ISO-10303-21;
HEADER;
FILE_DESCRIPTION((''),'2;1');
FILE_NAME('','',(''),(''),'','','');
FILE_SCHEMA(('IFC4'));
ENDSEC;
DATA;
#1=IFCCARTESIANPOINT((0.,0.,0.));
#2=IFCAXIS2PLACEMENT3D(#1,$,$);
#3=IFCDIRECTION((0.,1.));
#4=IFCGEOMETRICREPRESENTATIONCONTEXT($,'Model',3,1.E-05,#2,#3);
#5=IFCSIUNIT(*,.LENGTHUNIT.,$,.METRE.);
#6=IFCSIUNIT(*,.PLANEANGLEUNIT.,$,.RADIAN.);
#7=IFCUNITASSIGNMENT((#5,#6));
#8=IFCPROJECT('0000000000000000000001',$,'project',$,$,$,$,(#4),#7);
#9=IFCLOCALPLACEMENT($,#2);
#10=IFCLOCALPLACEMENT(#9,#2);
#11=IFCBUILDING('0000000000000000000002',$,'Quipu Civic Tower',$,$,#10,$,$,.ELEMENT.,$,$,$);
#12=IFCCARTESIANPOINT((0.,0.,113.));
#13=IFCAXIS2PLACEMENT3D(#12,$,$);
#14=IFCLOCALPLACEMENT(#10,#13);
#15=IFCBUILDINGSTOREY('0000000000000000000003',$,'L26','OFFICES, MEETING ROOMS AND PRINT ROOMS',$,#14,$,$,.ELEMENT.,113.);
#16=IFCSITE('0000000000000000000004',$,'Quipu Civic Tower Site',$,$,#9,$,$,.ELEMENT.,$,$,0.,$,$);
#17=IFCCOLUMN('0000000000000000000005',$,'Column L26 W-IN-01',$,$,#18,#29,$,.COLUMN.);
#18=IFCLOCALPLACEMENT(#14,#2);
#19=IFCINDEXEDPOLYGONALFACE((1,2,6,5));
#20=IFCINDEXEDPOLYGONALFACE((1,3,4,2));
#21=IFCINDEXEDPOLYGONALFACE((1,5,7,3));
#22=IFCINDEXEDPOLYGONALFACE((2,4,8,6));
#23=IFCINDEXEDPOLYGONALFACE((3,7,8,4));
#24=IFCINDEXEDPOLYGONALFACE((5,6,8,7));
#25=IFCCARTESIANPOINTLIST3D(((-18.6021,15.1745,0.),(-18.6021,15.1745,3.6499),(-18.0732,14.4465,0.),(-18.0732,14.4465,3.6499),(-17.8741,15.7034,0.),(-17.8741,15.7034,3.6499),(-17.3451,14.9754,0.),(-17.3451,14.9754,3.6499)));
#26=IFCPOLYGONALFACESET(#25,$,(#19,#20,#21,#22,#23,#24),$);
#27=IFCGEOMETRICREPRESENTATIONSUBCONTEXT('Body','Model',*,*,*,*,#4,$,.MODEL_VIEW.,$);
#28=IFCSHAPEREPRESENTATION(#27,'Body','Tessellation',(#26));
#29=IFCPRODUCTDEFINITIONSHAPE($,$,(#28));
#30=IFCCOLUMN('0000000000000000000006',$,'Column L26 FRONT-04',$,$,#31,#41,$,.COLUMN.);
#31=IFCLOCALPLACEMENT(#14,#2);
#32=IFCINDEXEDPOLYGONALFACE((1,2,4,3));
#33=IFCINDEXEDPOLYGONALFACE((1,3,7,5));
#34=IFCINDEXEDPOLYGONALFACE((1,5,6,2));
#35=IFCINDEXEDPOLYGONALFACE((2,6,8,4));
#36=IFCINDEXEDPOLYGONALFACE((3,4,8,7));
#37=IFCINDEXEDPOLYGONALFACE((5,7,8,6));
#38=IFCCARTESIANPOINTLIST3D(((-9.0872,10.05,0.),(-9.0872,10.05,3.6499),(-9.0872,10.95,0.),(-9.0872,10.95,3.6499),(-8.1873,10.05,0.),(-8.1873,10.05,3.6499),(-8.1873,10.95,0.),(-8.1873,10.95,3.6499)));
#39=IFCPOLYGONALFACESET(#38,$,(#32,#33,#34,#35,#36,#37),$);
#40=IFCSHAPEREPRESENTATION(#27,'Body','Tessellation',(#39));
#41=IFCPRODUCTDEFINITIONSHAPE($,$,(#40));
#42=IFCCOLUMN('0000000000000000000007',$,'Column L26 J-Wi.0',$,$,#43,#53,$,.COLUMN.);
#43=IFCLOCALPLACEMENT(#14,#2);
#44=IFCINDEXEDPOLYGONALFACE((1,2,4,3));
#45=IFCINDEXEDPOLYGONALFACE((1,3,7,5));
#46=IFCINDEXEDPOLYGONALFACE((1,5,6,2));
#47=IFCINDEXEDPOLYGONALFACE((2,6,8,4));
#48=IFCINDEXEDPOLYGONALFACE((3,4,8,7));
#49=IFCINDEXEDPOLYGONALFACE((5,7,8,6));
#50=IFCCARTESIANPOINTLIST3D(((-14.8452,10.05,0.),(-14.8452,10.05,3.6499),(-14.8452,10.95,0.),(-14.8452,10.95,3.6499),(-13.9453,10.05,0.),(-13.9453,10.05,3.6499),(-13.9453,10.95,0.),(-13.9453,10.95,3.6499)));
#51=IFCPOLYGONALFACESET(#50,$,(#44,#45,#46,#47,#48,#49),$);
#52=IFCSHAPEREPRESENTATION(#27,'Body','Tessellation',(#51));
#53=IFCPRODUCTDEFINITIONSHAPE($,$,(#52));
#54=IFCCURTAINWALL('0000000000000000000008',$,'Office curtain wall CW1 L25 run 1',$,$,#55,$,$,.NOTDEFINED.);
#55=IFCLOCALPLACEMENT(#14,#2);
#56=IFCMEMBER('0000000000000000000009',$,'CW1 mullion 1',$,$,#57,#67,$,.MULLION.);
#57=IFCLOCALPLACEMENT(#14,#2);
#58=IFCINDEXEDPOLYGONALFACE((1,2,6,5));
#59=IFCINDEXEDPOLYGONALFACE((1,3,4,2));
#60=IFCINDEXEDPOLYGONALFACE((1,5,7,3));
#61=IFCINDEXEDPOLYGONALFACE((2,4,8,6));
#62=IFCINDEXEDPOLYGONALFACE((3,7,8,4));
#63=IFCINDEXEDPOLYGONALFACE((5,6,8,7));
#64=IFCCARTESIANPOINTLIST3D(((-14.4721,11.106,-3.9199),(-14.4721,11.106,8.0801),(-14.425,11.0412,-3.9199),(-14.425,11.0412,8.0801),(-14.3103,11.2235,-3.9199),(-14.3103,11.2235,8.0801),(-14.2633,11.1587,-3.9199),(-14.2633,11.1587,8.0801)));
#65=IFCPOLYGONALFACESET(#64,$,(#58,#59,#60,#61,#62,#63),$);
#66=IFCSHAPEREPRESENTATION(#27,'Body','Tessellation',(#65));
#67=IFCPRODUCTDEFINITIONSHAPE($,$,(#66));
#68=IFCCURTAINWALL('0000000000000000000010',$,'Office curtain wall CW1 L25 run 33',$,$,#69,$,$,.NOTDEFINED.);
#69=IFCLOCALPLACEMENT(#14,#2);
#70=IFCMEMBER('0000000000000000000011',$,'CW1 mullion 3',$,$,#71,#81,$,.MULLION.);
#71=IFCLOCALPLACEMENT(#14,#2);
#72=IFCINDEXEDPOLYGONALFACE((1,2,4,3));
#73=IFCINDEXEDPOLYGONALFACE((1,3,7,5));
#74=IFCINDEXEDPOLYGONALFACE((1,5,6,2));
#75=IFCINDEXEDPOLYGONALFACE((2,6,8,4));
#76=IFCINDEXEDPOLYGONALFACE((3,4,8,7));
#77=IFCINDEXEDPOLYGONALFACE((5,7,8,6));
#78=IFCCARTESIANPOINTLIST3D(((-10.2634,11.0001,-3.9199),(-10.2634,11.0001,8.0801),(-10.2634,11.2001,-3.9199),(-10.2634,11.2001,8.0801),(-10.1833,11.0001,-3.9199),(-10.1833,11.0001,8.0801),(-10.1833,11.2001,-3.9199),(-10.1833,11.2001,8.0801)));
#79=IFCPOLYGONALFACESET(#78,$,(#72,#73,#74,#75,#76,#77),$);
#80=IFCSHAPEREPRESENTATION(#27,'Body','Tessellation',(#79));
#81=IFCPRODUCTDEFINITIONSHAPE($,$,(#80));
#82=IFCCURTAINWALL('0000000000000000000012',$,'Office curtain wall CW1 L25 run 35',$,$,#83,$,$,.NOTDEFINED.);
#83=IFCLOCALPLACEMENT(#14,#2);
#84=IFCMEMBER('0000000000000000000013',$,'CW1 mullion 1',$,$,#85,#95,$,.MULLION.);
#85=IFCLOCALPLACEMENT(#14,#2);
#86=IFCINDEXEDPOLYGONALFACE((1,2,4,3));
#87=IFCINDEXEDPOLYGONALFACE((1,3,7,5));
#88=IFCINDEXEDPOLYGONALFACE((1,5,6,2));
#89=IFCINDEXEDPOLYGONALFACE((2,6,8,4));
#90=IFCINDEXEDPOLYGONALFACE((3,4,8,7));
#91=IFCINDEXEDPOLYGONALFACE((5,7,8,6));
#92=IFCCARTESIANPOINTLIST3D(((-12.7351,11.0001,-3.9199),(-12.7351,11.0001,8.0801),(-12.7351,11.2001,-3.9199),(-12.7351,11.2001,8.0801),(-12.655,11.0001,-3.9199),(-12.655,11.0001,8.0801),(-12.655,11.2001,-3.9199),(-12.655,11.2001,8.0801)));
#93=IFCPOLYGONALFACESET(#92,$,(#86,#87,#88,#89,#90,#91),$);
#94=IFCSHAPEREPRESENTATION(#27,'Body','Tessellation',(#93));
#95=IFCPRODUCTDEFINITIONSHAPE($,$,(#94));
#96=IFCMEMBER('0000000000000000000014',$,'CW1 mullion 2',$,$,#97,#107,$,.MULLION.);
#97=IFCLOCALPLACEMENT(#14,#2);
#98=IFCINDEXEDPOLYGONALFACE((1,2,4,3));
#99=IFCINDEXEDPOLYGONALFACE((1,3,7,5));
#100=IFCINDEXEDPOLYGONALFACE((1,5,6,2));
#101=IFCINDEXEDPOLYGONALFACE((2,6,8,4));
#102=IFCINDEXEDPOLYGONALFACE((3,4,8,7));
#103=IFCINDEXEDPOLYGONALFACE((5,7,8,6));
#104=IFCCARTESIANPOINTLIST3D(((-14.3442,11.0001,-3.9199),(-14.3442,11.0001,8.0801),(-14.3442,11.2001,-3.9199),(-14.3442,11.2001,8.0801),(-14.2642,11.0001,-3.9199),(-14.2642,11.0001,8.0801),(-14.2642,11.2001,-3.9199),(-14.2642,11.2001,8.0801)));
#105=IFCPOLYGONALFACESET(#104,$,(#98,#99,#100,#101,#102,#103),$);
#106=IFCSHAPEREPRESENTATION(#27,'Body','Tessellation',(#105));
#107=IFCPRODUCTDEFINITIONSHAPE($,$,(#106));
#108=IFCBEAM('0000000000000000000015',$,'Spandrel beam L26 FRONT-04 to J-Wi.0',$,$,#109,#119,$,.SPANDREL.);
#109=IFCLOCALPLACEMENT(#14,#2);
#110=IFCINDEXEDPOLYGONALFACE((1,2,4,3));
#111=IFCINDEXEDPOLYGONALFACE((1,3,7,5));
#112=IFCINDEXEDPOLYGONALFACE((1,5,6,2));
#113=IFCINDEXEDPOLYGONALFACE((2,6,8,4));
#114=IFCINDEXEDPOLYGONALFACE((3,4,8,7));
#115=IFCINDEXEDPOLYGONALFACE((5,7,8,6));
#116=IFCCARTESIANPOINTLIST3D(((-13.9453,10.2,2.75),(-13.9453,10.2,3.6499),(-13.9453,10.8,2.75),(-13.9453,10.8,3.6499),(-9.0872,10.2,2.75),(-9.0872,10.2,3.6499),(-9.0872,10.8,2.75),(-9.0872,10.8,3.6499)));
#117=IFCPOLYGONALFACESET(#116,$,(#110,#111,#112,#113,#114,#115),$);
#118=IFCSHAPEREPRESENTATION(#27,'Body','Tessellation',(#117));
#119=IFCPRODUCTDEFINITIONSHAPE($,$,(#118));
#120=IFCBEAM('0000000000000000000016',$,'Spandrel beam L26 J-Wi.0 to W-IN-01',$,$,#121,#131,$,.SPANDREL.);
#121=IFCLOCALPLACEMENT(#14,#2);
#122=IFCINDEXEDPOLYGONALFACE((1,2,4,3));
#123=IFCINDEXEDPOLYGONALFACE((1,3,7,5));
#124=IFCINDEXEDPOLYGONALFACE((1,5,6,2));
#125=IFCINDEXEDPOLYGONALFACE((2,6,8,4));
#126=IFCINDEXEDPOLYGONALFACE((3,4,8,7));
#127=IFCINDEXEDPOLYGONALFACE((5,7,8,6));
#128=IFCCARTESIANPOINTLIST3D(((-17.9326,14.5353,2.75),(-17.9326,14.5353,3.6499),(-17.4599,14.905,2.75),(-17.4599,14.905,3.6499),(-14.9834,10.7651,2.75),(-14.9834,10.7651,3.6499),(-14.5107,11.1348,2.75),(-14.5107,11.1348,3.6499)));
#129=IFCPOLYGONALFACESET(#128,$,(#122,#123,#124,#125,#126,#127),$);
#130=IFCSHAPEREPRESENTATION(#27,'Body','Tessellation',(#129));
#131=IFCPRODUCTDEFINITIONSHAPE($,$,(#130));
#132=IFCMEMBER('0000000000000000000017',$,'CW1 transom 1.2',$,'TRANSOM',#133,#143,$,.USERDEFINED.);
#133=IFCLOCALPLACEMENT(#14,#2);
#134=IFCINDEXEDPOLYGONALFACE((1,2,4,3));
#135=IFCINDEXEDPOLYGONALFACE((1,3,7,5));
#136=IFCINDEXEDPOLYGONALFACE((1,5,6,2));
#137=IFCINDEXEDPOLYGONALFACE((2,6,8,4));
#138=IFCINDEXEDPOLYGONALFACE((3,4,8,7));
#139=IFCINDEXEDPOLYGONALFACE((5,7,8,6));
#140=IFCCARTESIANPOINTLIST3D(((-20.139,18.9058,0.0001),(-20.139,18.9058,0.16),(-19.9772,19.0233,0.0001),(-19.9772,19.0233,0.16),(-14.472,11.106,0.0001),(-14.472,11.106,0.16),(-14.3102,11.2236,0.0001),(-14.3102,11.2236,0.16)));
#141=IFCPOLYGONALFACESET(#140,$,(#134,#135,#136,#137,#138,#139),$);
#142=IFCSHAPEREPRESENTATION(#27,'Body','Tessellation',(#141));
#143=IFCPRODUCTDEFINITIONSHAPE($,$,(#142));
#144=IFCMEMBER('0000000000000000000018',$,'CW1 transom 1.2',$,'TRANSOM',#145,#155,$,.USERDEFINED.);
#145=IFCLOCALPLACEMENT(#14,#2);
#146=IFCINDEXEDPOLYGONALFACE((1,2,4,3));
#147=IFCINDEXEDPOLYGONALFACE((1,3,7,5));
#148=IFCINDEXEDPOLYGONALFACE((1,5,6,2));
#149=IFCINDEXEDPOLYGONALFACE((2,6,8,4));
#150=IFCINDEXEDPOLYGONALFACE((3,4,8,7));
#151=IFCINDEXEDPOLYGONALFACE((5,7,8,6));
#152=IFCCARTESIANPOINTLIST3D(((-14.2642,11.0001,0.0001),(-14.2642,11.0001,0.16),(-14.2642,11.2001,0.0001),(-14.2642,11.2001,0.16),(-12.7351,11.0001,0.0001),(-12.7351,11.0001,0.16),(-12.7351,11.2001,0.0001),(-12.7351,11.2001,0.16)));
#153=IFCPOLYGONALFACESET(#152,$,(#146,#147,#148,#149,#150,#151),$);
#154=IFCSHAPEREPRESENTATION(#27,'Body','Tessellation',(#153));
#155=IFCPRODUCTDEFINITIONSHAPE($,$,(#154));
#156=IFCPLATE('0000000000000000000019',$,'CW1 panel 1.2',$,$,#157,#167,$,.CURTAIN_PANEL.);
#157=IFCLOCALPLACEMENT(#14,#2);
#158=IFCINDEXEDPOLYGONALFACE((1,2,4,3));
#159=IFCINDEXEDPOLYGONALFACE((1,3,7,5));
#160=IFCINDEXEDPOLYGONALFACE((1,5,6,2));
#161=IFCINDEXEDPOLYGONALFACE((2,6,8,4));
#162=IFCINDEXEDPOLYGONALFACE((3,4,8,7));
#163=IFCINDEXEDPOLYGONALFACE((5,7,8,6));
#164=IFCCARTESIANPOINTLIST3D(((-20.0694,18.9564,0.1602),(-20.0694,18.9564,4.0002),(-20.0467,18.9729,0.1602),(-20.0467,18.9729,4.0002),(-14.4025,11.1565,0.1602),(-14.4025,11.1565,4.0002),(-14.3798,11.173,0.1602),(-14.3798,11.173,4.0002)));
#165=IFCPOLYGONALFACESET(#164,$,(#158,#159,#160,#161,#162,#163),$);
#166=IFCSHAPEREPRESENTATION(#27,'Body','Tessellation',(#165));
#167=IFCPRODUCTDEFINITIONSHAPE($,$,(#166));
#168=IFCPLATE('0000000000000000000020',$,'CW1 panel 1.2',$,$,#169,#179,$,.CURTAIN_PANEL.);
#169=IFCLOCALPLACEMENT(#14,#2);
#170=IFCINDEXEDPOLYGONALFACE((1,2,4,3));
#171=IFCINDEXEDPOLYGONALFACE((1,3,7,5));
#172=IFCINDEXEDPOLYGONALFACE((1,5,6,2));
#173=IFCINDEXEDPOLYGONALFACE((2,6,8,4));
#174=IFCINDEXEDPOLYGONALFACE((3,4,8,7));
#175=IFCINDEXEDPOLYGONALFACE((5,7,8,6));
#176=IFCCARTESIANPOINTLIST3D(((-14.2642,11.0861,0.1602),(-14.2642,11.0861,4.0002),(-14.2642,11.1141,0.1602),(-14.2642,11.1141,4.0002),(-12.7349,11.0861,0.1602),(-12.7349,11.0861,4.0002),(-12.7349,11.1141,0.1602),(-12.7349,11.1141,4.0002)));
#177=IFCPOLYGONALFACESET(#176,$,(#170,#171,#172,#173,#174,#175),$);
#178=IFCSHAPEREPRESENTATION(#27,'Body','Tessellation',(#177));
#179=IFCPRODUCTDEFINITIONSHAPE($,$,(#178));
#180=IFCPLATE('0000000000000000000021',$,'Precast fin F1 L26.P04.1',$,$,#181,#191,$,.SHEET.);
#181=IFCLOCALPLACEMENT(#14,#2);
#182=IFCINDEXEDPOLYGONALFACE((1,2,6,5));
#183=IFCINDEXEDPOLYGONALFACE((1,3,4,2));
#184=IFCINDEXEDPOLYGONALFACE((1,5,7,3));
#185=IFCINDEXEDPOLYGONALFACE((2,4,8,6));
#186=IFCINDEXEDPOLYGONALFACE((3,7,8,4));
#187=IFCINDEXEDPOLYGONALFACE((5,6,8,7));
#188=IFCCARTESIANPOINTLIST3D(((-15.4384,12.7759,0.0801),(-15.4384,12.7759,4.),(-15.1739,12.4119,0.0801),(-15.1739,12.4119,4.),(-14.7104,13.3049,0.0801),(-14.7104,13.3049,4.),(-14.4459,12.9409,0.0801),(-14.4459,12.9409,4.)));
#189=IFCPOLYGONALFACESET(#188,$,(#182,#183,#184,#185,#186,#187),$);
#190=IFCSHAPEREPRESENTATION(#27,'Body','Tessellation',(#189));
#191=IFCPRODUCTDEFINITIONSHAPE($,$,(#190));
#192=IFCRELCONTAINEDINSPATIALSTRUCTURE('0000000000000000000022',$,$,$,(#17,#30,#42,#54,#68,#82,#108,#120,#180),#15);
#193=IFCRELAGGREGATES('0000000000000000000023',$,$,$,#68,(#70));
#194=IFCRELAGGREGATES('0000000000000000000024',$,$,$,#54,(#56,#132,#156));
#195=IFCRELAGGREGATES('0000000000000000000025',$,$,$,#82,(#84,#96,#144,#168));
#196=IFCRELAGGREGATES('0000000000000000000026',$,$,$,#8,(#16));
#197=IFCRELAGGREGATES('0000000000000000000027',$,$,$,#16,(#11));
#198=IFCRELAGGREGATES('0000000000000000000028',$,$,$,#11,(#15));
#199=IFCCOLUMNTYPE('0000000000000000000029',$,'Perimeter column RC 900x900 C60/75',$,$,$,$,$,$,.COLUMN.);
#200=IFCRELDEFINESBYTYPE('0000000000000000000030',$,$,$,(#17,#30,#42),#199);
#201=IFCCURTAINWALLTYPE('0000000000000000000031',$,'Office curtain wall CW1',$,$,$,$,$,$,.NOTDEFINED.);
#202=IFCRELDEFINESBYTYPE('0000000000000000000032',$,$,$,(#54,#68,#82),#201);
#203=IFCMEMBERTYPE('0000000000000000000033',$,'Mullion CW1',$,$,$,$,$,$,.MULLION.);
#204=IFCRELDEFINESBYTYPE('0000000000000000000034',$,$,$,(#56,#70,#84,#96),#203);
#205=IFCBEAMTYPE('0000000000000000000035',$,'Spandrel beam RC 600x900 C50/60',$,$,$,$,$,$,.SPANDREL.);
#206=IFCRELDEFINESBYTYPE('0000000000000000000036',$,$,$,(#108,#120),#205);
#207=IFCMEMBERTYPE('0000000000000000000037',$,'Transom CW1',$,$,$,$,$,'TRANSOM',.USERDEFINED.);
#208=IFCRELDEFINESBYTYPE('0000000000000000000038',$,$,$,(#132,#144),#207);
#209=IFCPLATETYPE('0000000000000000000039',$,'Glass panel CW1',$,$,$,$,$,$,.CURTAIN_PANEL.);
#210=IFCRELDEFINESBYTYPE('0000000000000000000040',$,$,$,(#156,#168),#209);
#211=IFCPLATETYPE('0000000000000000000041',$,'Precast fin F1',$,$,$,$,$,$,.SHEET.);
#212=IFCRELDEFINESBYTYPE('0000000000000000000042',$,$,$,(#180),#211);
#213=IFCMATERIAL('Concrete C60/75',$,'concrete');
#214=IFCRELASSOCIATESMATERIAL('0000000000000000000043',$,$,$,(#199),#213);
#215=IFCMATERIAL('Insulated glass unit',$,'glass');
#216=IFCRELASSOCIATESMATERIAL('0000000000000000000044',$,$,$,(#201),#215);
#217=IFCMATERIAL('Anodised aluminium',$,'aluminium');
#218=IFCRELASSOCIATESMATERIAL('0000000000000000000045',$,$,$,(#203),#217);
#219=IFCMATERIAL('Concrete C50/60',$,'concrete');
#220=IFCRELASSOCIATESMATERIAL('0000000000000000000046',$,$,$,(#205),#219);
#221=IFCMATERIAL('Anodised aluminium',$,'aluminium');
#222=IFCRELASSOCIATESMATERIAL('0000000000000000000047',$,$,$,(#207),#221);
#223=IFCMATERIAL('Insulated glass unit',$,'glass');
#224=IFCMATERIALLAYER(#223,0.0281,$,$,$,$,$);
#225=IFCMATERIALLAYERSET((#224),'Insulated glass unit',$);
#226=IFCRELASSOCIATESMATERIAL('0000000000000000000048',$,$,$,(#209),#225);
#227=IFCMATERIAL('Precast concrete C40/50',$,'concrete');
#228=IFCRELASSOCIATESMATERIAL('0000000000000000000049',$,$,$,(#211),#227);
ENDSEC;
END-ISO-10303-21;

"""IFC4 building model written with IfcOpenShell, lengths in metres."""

from ifc_helpers import new_model, si_unit, direction, frame, origin, origin_2d, place, context, subcontext, project, spatial, rectangle, extrude, material, layer, layer_set, material_profile, profile_set, type_object, element, aggregate, save


model = new_model("IFC4")

# Units and contexts
model_context = context("Model", 3, precision=1e-05, world=origin(), true_north=direction((0.0, 1.0)))
body_context = subcontext(model_context, "Body", "Model", "MODEL_VIEW")
ifc_project = project(units=[si_unit("LENGTHUNIT", "METRE"), si_unit("PLANEANGLEUNIT", "RADIAN")], contexts=[model_context])

# Site, building, storey
site_placement = place(None, origin())
site = spatial("IfcSite", under=ifc_project, at=site_placement, Name="Quipu Civic Tower Site", CompositionType="ELEMENT", RefElevation=0.0)
building_placement = place(site_placement, origin())
building = spatial("IfcBuilding", under=site, at=building_placement, Name="Quipu Civic Tower", CompositionType="ELEMENT")
storey_placement = place(building_placement, frame((0.0, 0.0, 113.0)))
storey = spatial("IfcBuildingStorey", under=building, at=storey_placement, Name="L26", Description="OFFICES, MEETING ROOMS AND PRINT ROOMS", CompositionType="ELEMENT", Elevation=113.0)

# Columns
ifc_material_1 = material(Name="Concrete C60/75", Category="concrete")
ifc_material_profile_1 = material_profile(ifc_material_1, rectangle(XDim=0.8999, YDim=0.8999, at=origin_2d()), Name="RC900x900")
ifc_profile_set_1 = profile_set([ifc_material_profile_1], Name="Concrete C60/75")
column_type = type_object("IfcColumnType", Name="Perimeter column RC 900x900 C60/75", PredefinedType="COLUMN", material=ifc_profile_set_1)
for number, where, z_axis, x_axis, name in (
    (1, (-17.9736, 15.075, 0.0), (0.0, 0.0, 1.0), (-0.587785, 0.809017, 0.0), "Column L26 W-IN-01"),
    (2, (-8.6372, 10.5, 0.0), (0.0, 0.0, 1.0), (-1.0, 0.0, 0.0), "Column L26 FRONT-04"),
    (3, (-14.3953, 10.5, 0.0), (0.0, 0.0, 1.0), (-1.0, 0.0, 0.0), "Column L26 J-Wi.0"),
):
    element("IfcColumn", number, at=place(storey_placement, frame(where, z_axis=z_axis, x_axis=x_axis)), inside=storey, type_object=column_type, Name=name, PredefinedType="COLUMN", context=body_context, shape_type="SweptSolid", body=[
        extrude(rectangle(XDim=0.8999, YDim=0.8999, at=origin_2d()), origin(), (0.0, 0.0, 1.0), 3.6499),
    ])

# Curtain walls, members
ifc_material_2 = material(Name="Insulated glass unit", Category="glass")
curtain_wall_type = type_object("IfcCurtainWallType", Name="Office curtain wall CW1", PredefinedType="NOTDEFINED", material=ifc_material_2)
curtain_wall_1_placement = place(storey_placement, origin())
curtain_wall_1 = element("IfcCurtainWall", 4, at=curtain_wall_1_placement, inside=storey, type_object=curtain_wall_type, Name="Office curtain wall CW1 L25 run 1", PredefinedType="NOTDEFINED")
ifc_material_3 = material(Name="Anodised aluminium", Category="aluminium")
ifc_material_profile_2 = material_profile(ifc_material_3, rectangle(XDim=0.2, YDim=0.0801, at=origin_2d()), Name="RECT 200x80")
ifc_profile_set_2 = profile_set([ifc_material_profile_2], Name="Anodised aluminium")
member_type_1 = type_object("IfcMemberType", Name="Mullion CW1", PredefinedType="MULLION", material=ifc_profile_set_2)
member_1_placement = place(storey_placement, frame((-14.3677, 11.1323, -3.9199), z_axis=(0.0, 0.0, 1.0), x_axis=(-0.809017, -0.587786, 0.0)))
member_1 = element("IfcMember", 5, at=member_1_placement, type_object=member_type_1, Name="CW1 mullion 1", PredefinedType="MULLION", context=body_context, shape_type="SweptSolid", body=[
    extrude(rectangle(XDim=0.2, YDim=0.0801, at=origin_2d()), origin(), (0.0, 0.0, 1.0), 12.0),
])
curtain_wall_2_placement = place(storey_placement, origin())
curtain_wall_2 = element("IfcCurtainWall", 6, at=curtain_wall_2_placement, inside=storey, type_object=curtain_wall_type, Name="Office curtain wall CW1 L25 run 33", PredefinedType="NOTDEFINED")
member_2_placement = place(storey_placement, frame((-10.2234, 11.1001, -3.9199), z_axis=(0.0, 0.0, 1.0), x_axis=(0.0, -1.0, 0.0)))
member_2 = element("IfcMember", 7, at=member_2_placement, type_object=member_type_1, Name="CW1 mullion 3", PredefinedType="MULLION", context=body_context, shape_type="SweptSolid", body=[
    extrude(rectangle(XDim=0.2, YDim=0.0801, at=origin_2d()), origin(), (0.0, 0.0, 1.0), 12.0),
])
aggregate(curtain_wall_2, [member_2])

# Curtain wall, members
curtain_wall_3_placement = place(storey_placement, origin())
curtain_wall_3 = element("IfcCurtainWall", 8, at=curtain_wall_3_placement, inside=storey, type_object=curtain_wall_type, Name="Office curtain wall CW1 L25 run 35", PredefinedType="NOTDEFINED")
member_3_placement = place(storey_placement, frame((-12.6951, 11.1001, -3.9199), z_axis=(0.0, 0.0, 1.0), x_axis=(0.0, -1.0, 0.0)))
member_3 = element("IfcMember", 9, at=member_3_placement, type_object=member_type_1, Name="CW1 mullion 1", PredefinedType="MULLION", context=body_context, shape_type="SweptSolid", body=[
    extrude(rectangle(XDim=0.2, YDim=0.0801, at=origin_2d()), origin(), (0.0, 0.0, 1.0), 12.0),
])
member_4_placement = place(storey_placement, frame((-14.3042, 11.1001, -3.9199), z_axis=(0.0, 0.0, 1.0), x_axis=(0.0, -1.0, 0.0)))
member_4 = element("IfcMember", 10, at=member_4_placement, type_object=member_type_1, Name="CW1 mullion 2", PredefinedType="MULLION", context=body_context, shape_type="SweptSolid", body=[
    extrude(rectangle(XDim=0.2, YDim=0.0801, at=origin_2d()), origin(), (0.0, 0.0, 1.0), 12.0),
])

# Beams
ifc_material_4 = material(Name="Concrete C50/60", Category="concrete")
ifc_material_profile_3 = material_profile(ifc_material_4, rectangle(XDim=0.6001, YDim=0.8999, at=origin_2d()), Name="RC600x900")
ifc_profile_set_3 = profile_set([ifc_material_profile_3], Name="Concrete C50/60")
beam_type = type_object("IfcBeamType", Name="Spandrel beam RC 600x900 C50/60", PredefinedType="SPANDREL", material=ifc_profile_set_3)
beam_1_placement = place(storey_placement, frame((-9.0872, 10.5, 3.2), z_axis=(-1.0, 0.0, 0.0), x_axis=(0.0, -1.0, 0.0)))
element("IfcBeam", 11, at=beam_1_placement, inside=storey, type_object=beam_type, Name="Spandrel beam L26 FRONT-04 to J-Wi.0", PredefinedType="SPANDREL", context=body_context, shape_type="SweptSolid", body=[
    extrude(rectangle(XDim=0.6001, YDim=0.8999, at=origin_2d()), origin(), (0.0, 0.0, 1.0), 4.8582),
])
beam_2_placement = place(storey_placement, frame((-14.7471, 10.95, 3.2), z_axis=(-0.616124, 0.787649, 0.0), x_axis=(-0.787649, -0.616124, 0.0)))
element("IfcBeam", 12, at=beam_2_placement, inside=storey, type_object=beam_type, Name="Spandrel beam L26 J-Wi.0 to W-IN-01", PredefinedType="SPANDREL", context=body_context, shape_type="SweptSolid", body=[
    extrude(rectangle(XDim=0.6001, YDim=0.8999, at=origin_2d()), origin(), (0.0, 0.0, 1.0), 4.7866),
])

# Members
ifc_material_5 = material(Name="Anodised aluminium", Category="aluminium")
ifc_material_profile_4 = material_profile(ifc_material_5, rectangle(XDim=0.2, YDim=0.1599, at=origin_2d()), Name="RECT 200x160")
ifc_profile_set_4 = profile_set([ifc_material_profile_4], Name="Anodised aluminium")
member_type_2 = type_object("IfcMemberType", Name="Transom CW1", ElementType="TRANSOM", PredefinedType="USERDEFINED", material=ifc_profile_set_4)
member_5_placement = place(storey_placement, frame((-14.3911, 11.1648, 0.0801), z_axis=(-0.587792, 0.809012, 0.0), x_axis=(-0.809012, -0.587792, 0.0)))
member_5 = element("IfcMember", 13, at=member_5_placement, type_object=member_type_2, Name="CW1 transom 1.2", ObjectType="TRANSOM", PredefinedType="USERDEFINED", context=body_context, shape_type="SweptSolid", body=[
    extrude(rectangle(XDim=0.2, YDim=0.1599, at=origin_2d()), origin(), (0.0, 0.0, 1.0), 9.6411),
])
member_6_placement = place(storey_placement, frame((-12.7351, 11.1001, 0.0801), z_axis=(-1.0, 0.0, 0.0), x_axis=(0.0, -1.0, 0.0)))
member_6 = element("IfcMember", 14, at=member_6_placement, type_object=member_type_2, Name="CW1 transom 1.2", ObjectType="TRANSOM", PredefinedType="USERDEFINED", context=body_context, shape_type="SweptSolid", body=[
    extrude(rectangle(XDim=0.2, YDim=0.1599, at=origin_2d()), origin(), (0.0, 0.0, 1.0), 1.5291),
])

# Plates
ifc_material_6 = material(Name="Insulated glass unit", Category="glass")
ifc_layer_1 = layer(ifc_material_6, 0.0281)
ifc_layer_set_1 = layer_set([ifc_layer_1], Name="Insulated glass unit")
plate_type_1 = type_object("IfcPlateType", Name="Glass panel CW1", PredefinedType="CURTAIN_PANEL", material=ifc_layer_set_1)
plate_1_placement = place(storey_placement, frame((-17.2246, 15.0647, 0.1602), z_axis=(0.0, 0.0, 1.0), x_axis=(-0.587786, 0.809017, 0.0)))
plate_1 = element("IfcPlate", 15, at=plate_1_placement, type_object=plate_type_1, Name="CW1 panel 1.2", PredefinedType="CURTAIN_PANEL", context=body_context, shape_type="SweptSolid", body=[
    extrude(rectangle(XDim=9.6411, YDim=0.0281, at=origin_2d()), origin(), (0.0, 0.0, 1.0), 3.8401),
])
aggregate(curtain_wall_1, [member_1, member_5, plate_1])
plate_2_placement = place(storey_placement, frame((-13.4995, 11.1001, 0.1602), z_axis=(0.0, 0.0, 1.0), x_axis=(-1.0, 0.0, 0.0)))
plate_2 = element("IfcPlate", 16, at=plate_2_placement, type_object=plate_type_1, Name="CW1 panel 1.2", PredefinedType="CURTAIN_PANEL", context=body_context, shape_type="SweptSolid", body=[
    extrude(rectangle(XDim=1.5293, YDim=0.0281, at=origin_2d()), origin(), (0.0, 0.0, 1.0), 3.8401),
])
aggregate(curtain_wall_3, [member_3, member_4, member_6, plate_2])

# Plate
ifc_material_7 = material(Name="Precast concrete C40/50", Category="concrete")
plate_type_2 = type_object("IfcPlateType", Name="Precast fin F1", PredefinedType="SHEET", material=ifc_material_7)
for number, where, z_axis, x_axis, name in (
    (17, (-14.9421, 12.8584, 0.0801), (0.0, 0.0, 1.0), (-0.587785, 0.809017, 0.0), "Precast fin F1 L26.P04.1"),
):
    element("IfcPlate", number, at=place(storey_placement, frame(where, z_axis=z_axis, x_axis=x_axis)), inside=storey, type_object=plate_type_2, Name=name, PredefinedType="SHEET", context=body_context, shape_type="SweptSolid", body=[
        extrude(rectangle(XDim=0.45, YDim=0.8999, at=origin_2d()), origin(), (0.0, 0.0, 1.0), 3.9199),
    ])

save(model, "model.ifc")
